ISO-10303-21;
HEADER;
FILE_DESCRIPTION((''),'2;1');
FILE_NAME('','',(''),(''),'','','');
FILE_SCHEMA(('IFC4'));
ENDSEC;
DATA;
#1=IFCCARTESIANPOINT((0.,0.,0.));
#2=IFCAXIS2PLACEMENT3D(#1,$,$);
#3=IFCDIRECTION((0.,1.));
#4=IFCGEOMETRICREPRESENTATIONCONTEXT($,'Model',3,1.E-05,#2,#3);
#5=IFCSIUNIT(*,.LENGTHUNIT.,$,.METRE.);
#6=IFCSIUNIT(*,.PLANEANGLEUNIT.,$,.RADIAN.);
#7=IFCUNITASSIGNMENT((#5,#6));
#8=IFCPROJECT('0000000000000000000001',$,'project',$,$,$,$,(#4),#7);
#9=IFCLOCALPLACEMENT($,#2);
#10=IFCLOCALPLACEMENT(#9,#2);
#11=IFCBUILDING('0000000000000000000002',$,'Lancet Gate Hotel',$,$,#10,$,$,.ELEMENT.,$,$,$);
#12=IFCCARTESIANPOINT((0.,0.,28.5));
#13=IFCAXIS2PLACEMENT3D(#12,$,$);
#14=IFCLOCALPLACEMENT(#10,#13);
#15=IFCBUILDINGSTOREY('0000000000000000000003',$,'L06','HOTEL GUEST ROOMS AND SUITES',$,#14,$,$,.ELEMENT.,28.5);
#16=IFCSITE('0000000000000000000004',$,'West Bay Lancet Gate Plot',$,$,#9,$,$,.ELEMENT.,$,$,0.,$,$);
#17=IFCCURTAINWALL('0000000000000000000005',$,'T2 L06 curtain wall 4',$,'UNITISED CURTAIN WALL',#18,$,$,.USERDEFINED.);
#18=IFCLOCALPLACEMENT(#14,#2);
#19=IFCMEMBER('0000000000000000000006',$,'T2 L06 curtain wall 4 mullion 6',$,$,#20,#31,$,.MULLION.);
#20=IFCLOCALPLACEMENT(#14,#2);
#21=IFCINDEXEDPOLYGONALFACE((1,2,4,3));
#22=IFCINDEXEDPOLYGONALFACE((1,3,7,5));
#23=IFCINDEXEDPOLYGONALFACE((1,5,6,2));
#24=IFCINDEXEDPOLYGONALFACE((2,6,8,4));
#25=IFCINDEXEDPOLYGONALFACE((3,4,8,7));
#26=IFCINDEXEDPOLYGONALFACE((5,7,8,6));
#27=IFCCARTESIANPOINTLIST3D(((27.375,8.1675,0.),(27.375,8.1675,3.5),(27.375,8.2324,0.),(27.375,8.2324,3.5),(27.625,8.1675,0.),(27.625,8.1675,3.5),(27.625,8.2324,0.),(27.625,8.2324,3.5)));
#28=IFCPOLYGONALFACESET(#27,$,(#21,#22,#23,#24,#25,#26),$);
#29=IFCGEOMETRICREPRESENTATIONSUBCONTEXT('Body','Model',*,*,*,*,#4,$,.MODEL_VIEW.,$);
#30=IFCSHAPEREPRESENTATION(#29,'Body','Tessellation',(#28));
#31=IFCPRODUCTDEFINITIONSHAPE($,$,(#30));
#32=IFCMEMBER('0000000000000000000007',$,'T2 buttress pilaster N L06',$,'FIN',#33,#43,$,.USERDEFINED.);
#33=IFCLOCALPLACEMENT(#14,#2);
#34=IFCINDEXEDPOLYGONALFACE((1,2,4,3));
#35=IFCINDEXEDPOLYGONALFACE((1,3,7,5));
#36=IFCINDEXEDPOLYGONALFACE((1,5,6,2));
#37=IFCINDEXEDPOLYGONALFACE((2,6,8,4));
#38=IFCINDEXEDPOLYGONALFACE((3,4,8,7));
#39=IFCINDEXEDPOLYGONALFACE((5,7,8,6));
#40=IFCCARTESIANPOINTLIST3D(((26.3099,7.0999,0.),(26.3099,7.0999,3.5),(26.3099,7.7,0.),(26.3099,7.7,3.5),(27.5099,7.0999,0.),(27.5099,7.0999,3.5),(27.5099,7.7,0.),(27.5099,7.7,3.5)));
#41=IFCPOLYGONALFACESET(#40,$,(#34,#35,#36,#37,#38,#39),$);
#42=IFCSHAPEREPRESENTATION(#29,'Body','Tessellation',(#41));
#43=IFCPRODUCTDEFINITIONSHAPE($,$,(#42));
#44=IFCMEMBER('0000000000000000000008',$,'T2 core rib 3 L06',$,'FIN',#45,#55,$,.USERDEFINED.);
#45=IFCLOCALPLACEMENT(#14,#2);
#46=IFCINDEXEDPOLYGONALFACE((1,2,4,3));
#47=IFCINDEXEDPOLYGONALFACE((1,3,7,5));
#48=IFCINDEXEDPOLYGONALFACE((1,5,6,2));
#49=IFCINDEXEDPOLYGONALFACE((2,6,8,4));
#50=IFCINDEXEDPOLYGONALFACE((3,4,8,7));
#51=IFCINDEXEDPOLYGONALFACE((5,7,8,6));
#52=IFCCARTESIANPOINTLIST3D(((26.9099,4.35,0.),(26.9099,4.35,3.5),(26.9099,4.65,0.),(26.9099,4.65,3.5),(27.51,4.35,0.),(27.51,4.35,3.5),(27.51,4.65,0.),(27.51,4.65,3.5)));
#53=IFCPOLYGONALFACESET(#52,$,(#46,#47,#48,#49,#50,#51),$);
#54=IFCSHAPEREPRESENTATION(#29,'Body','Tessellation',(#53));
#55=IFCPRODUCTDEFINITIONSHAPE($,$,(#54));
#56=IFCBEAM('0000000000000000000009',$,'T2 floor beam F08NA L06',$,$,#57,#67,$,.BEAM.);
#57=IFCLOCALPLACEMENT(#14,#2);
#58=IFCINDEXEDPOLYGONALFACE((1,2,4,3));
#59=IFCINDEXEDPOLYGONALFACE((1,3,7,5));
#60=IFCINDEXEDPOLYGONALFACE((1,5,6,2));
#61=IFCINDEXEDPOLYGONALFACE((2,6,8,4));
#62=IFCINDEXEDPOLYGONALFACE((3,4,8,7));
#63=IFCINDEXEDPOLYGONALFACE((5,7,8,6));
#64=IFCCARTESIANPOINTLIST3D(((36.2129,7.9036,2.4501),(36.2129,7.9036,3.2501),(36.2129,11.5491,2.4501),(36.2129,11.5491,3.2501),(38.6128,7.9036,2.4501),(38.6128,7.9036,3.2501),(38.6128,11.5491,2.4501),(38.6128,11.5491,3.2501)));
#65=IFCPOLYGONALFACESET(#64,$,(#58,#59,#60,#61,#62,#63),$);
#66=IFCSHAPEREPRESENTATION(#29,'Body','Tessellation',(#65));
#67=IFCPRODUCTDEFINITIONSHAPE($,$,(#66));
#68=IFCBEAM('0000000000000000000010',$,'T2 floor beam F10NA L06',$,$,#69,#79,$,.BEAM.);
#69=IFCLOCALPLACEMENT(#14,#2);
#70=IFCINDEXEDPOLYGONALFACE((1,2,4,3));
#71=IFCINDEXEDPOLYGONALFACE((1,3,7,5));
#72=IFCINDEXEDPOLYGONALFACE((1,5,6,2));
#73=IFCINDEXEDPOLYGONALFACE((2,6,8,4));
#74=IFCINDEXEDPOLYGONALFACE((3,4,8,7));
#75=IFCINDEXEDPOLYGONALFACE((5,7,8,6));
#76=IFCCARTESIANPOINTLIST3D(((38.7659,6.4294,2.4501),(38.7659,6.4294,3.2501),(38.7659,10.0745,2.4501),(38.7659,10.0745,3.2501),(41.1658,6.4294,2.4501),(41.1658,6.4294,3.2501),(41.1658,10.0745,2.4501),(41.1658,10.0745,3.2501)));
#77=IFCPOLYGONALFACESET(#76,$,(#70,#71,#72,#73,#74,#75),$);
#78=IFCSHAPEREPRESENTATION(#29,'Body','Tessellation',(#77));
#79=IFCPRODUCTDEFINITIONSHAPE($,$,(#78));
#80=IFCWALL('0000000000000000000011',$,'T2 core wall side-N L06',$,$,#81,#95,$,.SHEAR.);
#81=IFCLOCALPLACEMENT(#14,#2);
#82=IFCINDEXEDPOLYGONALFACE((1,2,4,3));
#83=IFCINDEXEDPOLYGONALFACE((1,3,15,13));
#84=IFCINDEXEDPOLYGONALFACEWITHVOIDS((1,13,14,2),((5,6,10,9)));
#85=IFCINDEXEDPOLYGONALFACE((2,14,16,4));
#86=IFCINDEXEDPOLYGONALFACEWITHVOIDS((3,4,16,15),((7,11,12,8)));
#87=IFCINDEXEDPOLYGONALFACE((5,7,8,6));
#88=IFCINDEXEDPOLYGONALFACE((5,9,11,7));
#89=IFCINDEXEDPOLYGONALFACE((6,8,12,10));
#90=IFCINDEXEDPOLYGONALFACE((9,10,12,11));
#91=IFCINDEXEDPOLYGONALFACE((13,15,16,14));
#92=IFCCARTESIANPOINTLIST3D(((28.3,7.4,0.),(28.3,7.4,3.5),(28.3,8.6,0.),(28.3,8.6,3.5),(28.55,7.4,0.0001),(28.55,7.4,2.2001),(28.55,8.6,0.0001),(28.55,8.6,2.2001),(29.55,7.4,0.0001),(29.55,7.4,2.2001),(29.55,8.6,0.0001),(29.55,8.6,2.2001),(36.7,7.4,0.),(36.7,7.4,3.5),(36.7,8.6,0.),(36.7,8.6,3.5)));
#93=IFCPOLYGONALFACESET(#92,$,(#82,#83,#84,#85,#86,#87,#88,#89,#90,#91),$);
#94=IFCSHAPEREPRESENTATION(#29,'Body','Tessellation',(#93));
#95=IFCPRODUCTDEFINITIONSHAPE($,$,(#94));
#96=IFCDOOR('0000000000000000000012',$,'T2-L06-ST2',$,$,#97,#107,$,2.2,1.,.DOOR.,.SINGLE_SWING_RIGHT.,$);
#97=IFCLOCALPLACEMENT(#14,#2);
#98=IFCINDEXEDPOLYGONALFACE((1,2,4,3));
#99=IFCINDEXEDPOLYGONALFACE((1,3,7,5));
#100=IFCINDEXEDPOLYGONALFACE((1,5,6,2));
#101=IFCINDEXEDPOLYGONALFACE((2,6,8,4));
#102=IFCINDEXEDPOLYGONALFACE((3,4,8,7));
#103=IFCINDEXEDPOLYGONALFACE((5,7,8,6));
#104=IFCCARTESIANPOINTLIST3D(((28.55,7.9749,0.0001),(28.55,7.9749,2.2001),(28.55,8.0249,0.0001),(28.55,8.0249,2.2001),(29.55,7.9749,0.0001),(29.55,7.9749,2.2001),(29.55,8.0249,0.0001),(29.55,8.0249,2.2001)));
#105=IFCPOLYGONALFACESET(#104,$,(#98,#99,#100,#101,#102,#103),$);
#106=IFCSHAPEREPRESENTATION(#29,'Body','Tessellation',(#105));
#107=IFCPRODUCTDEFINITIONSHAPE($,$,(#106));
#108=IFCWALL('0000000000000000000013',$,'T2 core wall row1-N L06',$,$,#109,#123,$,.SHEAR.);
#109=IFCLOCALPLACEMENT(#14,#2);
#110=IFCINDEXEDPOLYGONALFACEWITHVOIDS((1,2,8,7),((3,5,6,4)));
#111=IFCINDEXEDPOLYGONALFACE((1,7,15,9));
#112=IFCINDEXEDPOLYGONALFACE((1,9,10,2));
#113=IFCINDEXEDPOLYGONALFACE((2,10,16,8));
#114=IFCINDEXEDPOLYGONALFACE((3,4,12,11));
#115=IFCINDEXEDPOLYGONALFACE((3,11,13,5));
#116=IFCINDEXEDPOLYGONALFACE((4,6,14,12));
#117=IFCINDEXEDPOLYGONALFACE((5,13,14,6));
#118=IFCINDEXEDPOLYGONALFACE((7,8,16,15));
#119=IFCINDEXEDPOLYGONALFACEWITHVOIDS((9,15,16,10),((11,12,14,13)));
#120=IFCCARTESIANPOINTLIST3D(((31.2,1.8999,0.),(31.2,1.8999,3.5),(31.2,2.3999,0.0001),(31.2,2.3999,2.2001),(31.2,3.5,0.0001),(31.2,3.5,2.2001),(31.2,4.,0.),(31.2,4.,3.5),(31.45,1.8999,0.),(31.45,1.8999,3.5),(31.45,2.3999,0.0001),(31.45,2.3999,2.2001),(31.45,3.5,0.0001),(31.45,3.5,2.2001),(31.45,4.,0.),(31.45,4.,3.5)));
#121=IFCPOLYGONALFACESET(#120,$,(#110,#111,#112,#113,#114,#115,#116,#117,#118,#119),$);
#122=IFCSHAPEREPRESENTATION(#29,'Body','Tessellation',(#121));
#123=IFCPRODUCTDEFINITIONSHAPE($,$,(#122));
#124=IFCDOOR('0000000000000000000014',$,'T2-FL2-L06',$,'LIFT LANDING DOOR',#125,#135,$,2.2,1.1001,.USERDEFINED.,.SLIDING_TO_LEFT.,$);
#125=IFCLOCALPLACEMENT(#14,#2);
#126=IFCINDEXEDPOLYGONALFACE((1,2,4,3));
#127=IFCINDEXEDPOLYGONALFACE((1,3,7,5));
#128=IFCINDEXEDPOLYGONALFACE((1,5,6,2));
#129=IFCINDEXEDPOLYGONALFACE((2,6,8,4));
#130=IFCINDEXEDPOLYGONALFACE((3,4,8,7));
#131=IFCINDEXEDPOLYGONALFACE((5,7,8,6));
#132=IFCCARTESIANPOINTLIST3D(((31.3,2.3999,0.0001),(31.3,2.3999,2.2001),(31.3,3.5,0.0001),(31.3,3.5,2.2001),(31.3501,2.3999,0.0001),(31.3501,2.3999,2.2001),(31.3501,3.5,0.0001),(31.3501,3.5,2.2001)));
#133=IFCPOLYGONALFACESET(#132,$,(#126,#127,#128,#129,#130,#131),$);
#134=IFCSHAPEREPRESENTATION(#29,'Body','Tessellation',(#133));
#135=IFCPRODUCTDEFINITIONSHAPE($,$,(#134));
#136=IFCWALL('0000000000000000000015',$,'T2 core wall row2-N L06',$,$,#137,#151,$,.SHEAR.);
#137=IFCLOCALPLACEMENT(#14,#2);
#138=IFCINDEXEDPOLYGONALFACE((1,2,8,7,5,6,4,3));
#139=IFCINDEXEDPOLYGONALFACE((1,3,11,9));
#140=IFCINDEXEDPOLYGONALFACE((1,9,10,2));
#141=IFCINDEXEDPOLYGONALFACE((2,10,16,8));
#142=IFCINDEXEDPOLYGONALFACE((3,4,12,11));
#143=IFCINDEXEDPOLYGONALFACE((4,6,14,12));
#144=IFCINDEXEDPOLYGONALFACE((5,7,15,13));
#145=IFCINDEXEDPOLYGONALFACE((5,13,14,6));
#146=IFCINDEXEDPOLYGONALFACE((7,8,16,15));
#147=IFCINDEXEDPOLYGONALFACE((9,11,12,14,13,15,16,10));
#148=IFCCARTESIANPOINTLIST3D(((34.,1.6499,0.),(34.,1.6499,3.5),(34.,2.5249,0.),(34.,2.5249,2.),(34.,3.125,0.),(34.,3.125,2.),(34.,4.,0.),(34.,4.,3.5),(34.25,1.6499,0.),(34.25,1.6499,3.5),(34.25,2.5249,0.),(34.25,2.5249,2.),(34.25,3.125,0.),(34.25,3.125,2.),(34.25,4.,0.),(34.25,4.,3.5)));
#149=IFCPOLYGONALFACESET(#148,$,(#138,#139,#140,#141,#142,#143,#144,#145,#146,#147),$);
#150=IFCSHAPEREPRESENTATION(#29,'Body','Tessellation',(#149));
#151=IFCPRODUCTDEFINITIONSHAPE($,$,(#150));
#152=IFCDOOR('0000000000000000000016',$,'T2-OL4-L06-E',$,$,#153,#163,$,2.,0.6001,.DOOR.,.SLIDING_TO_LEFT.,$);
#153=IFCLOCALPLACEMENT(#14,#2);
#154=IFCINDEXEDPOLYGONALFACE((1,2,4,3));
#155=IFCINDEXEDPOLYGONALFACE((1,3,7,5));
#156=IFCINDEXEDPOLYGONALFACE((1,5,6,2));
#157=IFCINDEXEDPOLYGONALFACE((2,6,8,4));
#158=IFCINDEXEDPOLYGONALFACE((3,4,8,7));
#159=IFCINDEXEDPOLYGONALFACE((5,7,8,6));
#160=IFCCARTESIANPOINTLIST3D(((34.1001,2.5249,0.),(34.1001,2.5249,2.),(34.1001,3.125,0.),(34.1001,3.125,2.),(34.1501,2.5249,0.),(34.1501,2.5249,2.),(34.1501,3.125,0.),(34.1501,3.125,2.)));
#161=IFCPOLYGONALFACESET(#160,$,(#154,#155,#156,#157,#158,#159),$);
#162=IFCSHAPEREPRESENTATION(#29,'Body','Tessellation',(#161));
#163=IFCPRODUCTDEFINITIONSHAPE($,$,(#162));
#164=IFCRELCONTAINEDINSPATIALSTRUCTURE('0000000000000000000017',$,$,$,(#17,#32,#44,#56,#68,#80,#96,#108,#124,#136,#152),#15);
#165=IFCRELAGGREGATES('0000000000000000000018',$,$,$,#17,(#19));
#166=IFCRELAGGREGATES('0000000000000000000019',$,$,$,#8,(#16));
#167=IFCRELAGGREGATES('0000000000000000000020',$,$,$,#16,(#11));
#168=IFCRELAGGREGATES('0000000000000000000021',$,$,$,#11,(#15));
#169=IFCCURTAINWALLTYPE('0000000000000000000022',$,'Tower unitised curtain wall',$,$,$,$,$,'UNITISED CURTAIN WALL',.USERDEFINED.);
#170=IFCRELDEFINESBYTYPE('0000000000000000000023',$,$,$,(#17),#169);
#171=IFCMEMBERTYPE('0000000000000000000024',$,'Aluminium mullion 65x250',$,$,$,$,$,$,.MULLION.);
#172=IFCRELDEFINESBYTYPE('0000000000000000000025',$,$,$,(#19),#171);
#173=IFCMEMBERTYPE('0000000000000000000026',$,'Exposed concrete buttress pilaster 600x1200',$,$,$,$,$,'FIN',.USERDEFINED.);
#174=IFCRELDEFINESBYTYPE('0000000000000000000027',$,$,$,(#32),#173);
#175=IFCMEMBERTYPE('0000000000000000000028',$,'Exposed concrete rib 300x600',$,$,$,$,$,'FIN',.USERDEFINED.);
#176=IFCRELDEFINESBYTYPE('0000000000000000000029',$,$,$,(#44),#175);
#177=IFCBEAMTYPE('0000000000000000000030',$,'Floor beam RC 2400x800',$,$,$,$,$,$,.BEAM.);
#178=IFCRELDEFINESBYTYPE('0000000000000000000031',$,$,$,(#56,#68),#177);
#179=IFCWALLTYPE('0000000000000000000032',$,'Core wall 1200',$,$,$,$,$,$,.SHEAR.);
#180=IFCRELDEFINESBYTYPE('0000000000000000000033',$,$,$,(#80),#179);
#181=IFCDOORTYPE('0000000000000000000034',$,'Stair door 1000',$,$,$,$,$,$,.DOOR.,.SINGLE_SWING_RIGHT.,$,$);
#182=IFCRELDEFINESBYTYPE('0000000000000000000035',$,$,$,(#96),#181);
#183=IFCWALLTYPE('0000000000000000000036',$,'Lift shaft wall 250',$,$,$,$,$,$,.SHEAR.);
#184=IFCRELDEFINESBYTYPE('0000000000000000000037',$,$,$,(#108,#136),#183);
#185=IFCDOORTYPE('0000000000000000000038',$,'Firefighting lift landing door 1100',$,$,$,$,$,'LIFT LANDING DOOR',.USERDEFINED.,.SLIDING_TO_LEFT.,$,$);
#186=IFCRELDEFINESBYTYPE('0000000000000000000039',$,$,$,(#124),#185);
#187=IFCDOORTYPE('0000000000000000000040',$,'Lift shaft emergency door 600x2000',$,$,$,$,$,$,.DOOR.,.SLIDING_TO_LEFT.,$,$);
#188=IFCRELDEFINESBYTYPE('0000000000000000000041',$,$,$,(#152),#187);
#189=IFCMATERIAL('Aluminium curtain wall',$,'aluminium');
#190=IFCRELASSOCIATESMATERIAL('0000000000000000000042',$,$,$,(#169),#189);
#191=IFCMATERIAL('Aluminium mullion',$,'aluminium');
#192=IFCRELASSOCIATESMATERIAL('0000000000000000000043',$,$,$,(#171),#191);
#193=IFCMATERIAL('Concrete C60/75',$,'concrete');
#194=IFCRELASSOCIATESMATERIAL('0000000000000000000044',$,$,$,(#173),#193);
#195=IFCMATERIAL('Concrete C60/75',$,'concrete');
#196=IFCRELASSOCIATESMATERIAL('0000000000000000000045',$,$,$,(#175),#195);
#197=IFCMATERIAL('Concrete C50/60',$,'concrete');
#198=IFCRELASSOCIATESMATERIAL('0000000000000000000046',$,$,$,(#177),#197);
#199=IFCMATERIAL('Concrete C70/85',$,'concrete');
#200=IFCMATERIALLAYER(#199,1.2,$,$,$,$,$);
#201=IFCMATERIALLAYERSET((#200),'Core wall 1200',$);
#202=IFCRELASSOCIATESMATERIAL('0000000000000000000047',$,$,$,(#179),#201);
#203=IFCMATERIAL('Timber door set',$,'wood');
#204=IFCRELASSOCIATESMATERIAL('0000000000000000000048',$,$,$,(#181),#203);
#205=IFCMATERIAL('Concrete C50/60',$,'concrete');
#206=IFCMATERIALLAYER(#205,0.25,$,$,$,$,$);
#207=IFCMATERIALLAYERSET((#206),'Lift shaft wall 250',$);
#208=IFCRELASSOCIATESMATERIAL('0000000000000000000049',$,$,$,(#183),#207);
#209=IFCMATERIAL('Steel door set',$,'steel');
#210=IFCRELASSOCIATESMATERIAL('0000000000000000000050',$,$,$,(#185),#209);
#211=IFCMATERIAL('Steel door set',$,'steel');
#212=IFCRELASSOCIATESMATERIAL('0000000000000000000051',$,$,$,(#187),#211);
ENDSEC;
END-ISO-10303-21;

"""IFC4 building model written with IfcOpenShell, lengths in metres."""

from ifc_helpers import new_model, si_unit, direction, frame, frame_2d, origin, origin_2d, place, context, subcontext, project, spatial, rectangle, extrude, material, layer, layer_set, material_profile, profile_set, type_object, element, fill, aggregate, save


model = new_model("IFC4")

# Units and contexts
model_context = context("Model", 3, precision=1e-05, world=origin(), true_north=direction((0.0, 1.0)))
body_context = subcontext(model_context, "Body", "Model", "MODEL_VIEW")
ifc_project = project(units=[si_unit("LENGTHUNIT", "METRE"), si_unit("PLANEANGLEUNIT", "RADIAN")], contexts=[model_context])

# Site, building, storey
site_placement = place(None, origin())
site = spatial("IfcSite", under=ifc_project, at=site_placement, Name="West Bay Lancet Gate Plot", CompositionType="ELEMENT", RefElevation=0.0)
building_placement = place(site_placement, origin())
building = spatial("IfcBuilding", under=site, at=building_placement, Name="Lancet Gate Hotel", CompositionType="ELEMENT")
storey_placement = place(building_placement, frame((0.0, 0.0, 28.5)))
storey = spatial("IfcBuildingStorey", under=building, at=storey_placement, Name="L06", Description="HOTEL GUEST ROOMS AND SUITES", CompositionType="ELEMENT", Elevation=28.5)

# Curtain wall, member
ifc_material_1 = material(Name="Aluminium curtain wall", Category="aluminium")
curtain_wall_type = type_object("IfcCurtainWallType", Name="Tower unitised curtain wall", ElementType="UNITISED CURTAIN WALL", PredefinedType="USERDEFINED", material=ifc_material_1)
curtain_wall_placement = place(storey_placement, origin())
curtain_wall = element("IfcCurtainWall", 1, at=curtain_wall_placement, inside=storey, type_object=curtain_wall_type, Name="T2 L06 curtain wall 4", ObjectType="UNITISED CURTAIN WALL", PredefinedType="USERDEFINED")
ifc_material_2 = material(Name="Aluminium mullion", Category="aluminium")
ifc_material_profile_1 = material_profile(ifc_material_2, rectangle(XDim=0.0649, YDim=0.25, at=origin_2d()), Name="MULLION 65x250")
ifc_profile_set_1 = profile_set([ifc_material_profile_1], Name="Aluminium mullion")
member_type_1 = type_object("IfcMemberType", Name="Aluminium mullion 65x250", PredefinedType="MULLION", material=ifc_profile_set_1)
member_1_placement = place(storey_placement, frame((27.5, 8.2, 0.0), z_axis=(0.0, 0.0, 1.0), x_axis=(0.0, -1.0, 0.0)))
member_1 = element("IfcMember", 2, at=member_1_placement, type_object=member_type_1, Name="T2 L06 curtain wall 4 mullion 6", PredefinedType="MULLION", context=body_context, shape_type="SweptSolid", body=[
    extrude(rectangle(XDim=0.0649, YDim=0.25, at=origin_2d()), origin(), (0.0, 0.0, 1.0), 3.5),
])
aggregate(curtain_wall, [member_1])

# Members
ifc_material_3 = material(Name="Concrete C60/75", Category="concrete")
ifc_material_profile_2 = material_profile(ifc_material_3, rectangle(XDim=0.6001, YDim=1.2, at=origin_2d()), Name="FIN 600x1200")
ifc_profile_set_2 = profile_set([ifc_material_profile_2], Name="Concrete C60/75")
member_type_2 = type_object("IfcMemberType", Name="Exposed concrete buttress pilaster 600x1200", ElementType="FIN", PredefinedType="USERDEFINED", material=ifc_profile_set_2)
member_2_placement = place(storey_placement, frame((26.9099, 7.3999, 0.0), z_axis=(0.0, 0.0, 1.0), x_axis=(0.0, 1.0, 0.0)))
element("IfcMember", 3, at=member_2_placement, inside=storey, type_object=member_type_2, Name="T2 buttress pilaster N L06", ObjectType="FIN", PredefinedType="USERDEFINED", context=body_context, shape_type="SweptSolid", body=[
    extrude(rectangle(XDim=0.6001, YDim=1.2, at=origin_2d()), origin(), (0.0, 0.0, 1.0), 3.5),
])
ifc_material_4 = material(Name="Concrete C60/75", Category="concrete")
ifc_material_profile_3 = material_profile(ifc_material_4, rectangle(XDim=0.3, YDim=0.6001, at=origin_2d()), Name="FIN 300x600")
ifc_profile_set_3 = profile_set([ifc_material_profile_3], Name="Concrete C60/75")
member_type_3 = type_object("IfcMemberType", Name="Exposed concrete rib 300x600", ElementType="FIN", PredefinedType="USERDEFINED", material=ifc_profile_set_3)
member_3_placement = place(storey_placement, frame((27.21, 4.5, 0.0), z_axis=(0.0, 0.0, 1.0), x_axis=(0.0, 1.0, 0.0)))
element("IfcMember", 4, at=member_3_placement, inside=storey, type_object=member_type_3, Name="T2 core rib 3 L06", ObjectType="FIN", PredefinedType="USERDEFINED", context=body_context, shape_type="SweptSolid", body=[
    extrude(rectangle(XDim=0.3, YDim=0.6001, at=origin_2d()), origin(), (0.0, 0.0, 1.0), 3.5),
])

# Beams
ifc_material_5 = material(Name="Concrete C50/60", Category="concrete")
ifc_material_profile_4 = material_profile(ifc_material_5, rectangle(XDim=2.3999, YDim=0.8, at=origin_2d()), Name="RC 2400x800")
ifc_profile_set_4 = profile_set([ifc_material_profile_4], Name="Concrete C50/60")
beam_type = type_object("IfcBeamType", Name="Floor beam RC 2400x800", PredefinedType="BEAM", material=ifc_profile_set_4)
beam_1_placement = place(storey_placement, frame((37.4128, 7.9036, 2.8501), z_axis=(0.0, 1.0, 0.0), x_axis=(-1.0, 0.0, 0.0)))
element("IfcBeam", 5, at=beam_1_placement, inside=storey, type_object=beam_type, Name="T2 floor beam F08NA L06", PredefinedType="BEAM", context=body_context, shape_type="SweptSolid", body=[
    extrude(rectangle(XDim=2.3999, YDim=0.8, at=origin_2d()), origin(), (0.0, 0.0, 1.0), 3.6455),
])
beam_2_placement = place(storey_placement, frame((39.9658, 6.4294, 2.8501), z_axis=(0.0, 1.0, 0.0), x_axis=(-1.0, 0.0, 0.0)))
element("IfcBeam", 6, at=beam_2_placement, inside=storey, type_object=beam_type, Name="T2 floor beam F10NA L06", PredefinedType="BEAM", context=body_context, shape_type="SweptSolid", body=[
    extrude(rectangle(XDim=2.3999, YDim=0.8, at=origin_2d()), origin(), (0.0, 0.0, 1.0), 3.645),
])

# Walls, openings, doors
ifc_material_6 = material(Name="Concrete C70/85", Category="concrete")
ifc_layer_1 = layer(ifc_material_6, 1.2)
ifc_layer_set_1 = layer_set([ifc_layer_1], Name="Core wall 1200")
wall_type_1 = type_object("IfcWallType", Name="Core wall 1200", PredefinedType="SHEAR", material=ifc_layer_set_1)
wall_1_placement = place(storey_placement, frame((28.3, 8.0, 0.0), z_axis=(0.0, 0.0, 1.0), x_axis=(1.0, 0.0, 0.0)))
wall_1 = element("IfcWall", 7, at=wall_1_placement, inside=storey, type_object=wall_type_1, Name="T2 core wall side-N L06", PredefinedType="SHEAR", context=body_context, shape_type="SweptSolid", body=[
    extrude(rectangle(XDim=8.3999, YDim=1.2, at=frame_2d((4.2, 0.0))), origin(), (0.0, 0.0, 1.0), 3.5),
])
opening_1_placement = place(wall_1_placement, frame((0.25, 0.0, 0.0)))
opening_1 = element("IfcOpeningElement", 8, at=opening_1_placement, cuts=wall_1, PredefinedType="OPENING", context=body_context, shape_type="SweptSolid", body=[
    extrude(rectangle(XDim=1.0, YDim=2.2, at=frame_2d((0.5, 1.1001))), frame((0.0, 0.6099, 0.0), z_axis=(0.0, -1.0, 0.0), x_axis=(1.0, 0.0, 0.0)), (0.0, 0.0, 1.0), 1.22),
])
ifc_material_7 = material(Name="Timber door set", Category="wood")
door_type_1 = type_object("IfcDoorType", Name="Stair door 1000", OperationType="SINGLE_SWING_RIGHT", PredefinedType="DOOR", material=ifc_material_7)
door_1_placement = place(opening_1_placement, origin())
door_1 = element("IfcDoor", 9, at=door_1_placement, inside=storey, type_object=door_type_1, Name="T2-L06-ST2", OperationType="SINGLE_SWING_RIGHT", OverallHeight=2.2, OverallWidth=1.0, PredefinedType="DOOR", context=body_context, shape_type="SweptSolid", body=[
    extrude(rectangle(XDim=1.0, YDim=2.2, at=frame_2d((0.5, 1.1001))), frame((0.0, 0.0249, 0.0), z_axis=(0.0, -1.0, 0.0), x_axis=(1.0, 0.0, 0.0)), (0.0, 0.0, 1.0), 0.05),
])
fill(opening_1, door_1)
ifc_material_8 = material(Name="Concrete C50/60", Category="concrete")
ifc_layer_2 = layer(ifc_material_8, 0.25)
ifc_layer_set_2 = layer_set([ifc_layer_2], Name="Lift shaft wall 250")
wall_type_2 = type_object("IfcWallType", Name="Lift shaft wall 250", PredefinedType="SHEAR", material=ifc_layer_set_2)
wall_2_placement = place(storey_placement, frame((31.325, 1.8999, 0.0), z_axis=(0.0, 0.0, 1.0), x_axis=(0.0, 1.0, 0.0)))
wall_2 = element("IfcWall", 10, at=wall_2_placement, inside=storey, type_object=wall_type_2, Name="T2 core wall row1-N L06", PredefinedType="SHEAR", context=body_context, shape_type="SweptSolid", body=[
    extrude(rectangle(XDim=2.1001, YDim=0.25, at=frame_2d((1.05, 0.0))), origin(), (0.0, 0.0, 1.0), 3.5),
])
opening_2_placement = place(wall_2_placement, frame((0.5, 0.0, 0.0)))
opening_2 = element("IfcOpeningElement", 11, at=opening_2_placement, cuts=wall_2, PredefinedType="OPENING", context=body_context, shape_type="SweptSolid", body=[
    extrude(rectangle(XDim=1.1001, YDim=2.2, at=frame_2d((0.55, 1.1001))), frame((0.0, 0.135, 0.0), z_axis=(0.0, -1.0, 0.0), x_axis=(1.0, 0.0, 0.0)), (0.0, 0.0, 1.0), 0.27),
])
ifc_material_9 = material(Name="Steel door set", Category="steel")
door_type_2 = type_object("IfcDoorType", Name="Firefighting lift landing door 1100", ElementType="LIFT LANDING DOOR", OperationType="SLIDING_TO_LEFT", PredefinedType="USERDEFINED", material=ifc_material_9)
door_2_placement = place(opening_2_placement, origin())
door_2 = element("IfcDoor", 12, at=door_2_placement, inside=storey, type_object=door_type_2, Name="T2-FL2-L06", ObjectType="LIFT LANDING DOOR", OperationType="SLIDING_TO_LEFT", OverallHeight=2.2, OverallWidth=1.1001, PredefinedType="USERDEFINED", context=body_context, shape_type="SweptSolid", body=[
    extrude(rectangle(XDim=1.1001, YDim=2.2, at=frame_2d((0.55, 1.1001))), frame((0.0, 0.0249, 0.0), z_axis=(0.0, -1.0, 0.0), x_axis=(1.0, 0.0, 0.0)), (0.0, 0.0, 1.0), 0.05),
])
fill(opening_2, door_2)
wall_3_placement = place(storey_placement, frame((34.125, 1.6499, 0.0), z_axis=(0.0, 0.0, 1.0), x_axis=(0.0, 1.0, 0.0)))
wall_3 = element("IfcWall", 13, at=wall_3_placement, inside=storey, type_object=wall_type_2, Name="T2 core wall row2-N L06", PredefinedType="SHEAR", context=body_context, shape_type="SweptSolid", body=[
    extrude(rectangle(XDim=2.3501, YDim=0.25, at=frame_2d((1.175, 0.0))), origin(), (0.0, 0.0, 1.0), 3.5),
])
opening_3_placement = place(wall_3_placement, frame((0.875, 0.0, 0.0)))
opening_3 = element("IfcOpeningElement", 14, at=opening_3_placement, cuts=wall_3, PredefinedType="OPENING", context=body_context, shape_type="SweptSolid", body=[
    extrude(rectangle(XDim=0.6001, YDim=2.0, at=frame_2d((0.3, 1.0))), frame((0.0, 0.135, 0.0), z_axis=(0.0, -1.0, 0.0), x_axis=(1.0, 0.0, 0.0)), (0.0, 0.0, 1.0), 0.27),
])
ifc_material_10 = material(Name="Steel door set", Category="steel")
door_type_3 = type_object("IfcDoorType", Name="Lift shaft emergency door 600x2000", OperationType="SLIDING_TO_LEFT", PredefinedType="DOOR", material=ifc_material_10)
door_3_placement = place(opening_3_placement, origin())
door_3 = element("IfcDoor", 15, at=door_3_placement, inside=storey, type_object=door_type_3, Name="T2-OL4-L06-E", OperationType="SLIDING_TO_LEFT", OverallHeight=2.0, OverallWidth=0.6001, PredefinedType="DOOR", context=body_context, shape_type="SweptSolid", body=[
    extrude(rectangle(XDim=0.6001, YDim=2.0, at=frame_2d((0.3, 1.0))), frame((0.0, 0.0249, 0.0), z_axis=(0.0, -1.0, 0.0), x_axis=(1.0, 0.0, 0.0)), (0.0, 0.0, 1.0), 0.05),
])
fill(opening_3, door_3)

save(model, "model.ifc")
